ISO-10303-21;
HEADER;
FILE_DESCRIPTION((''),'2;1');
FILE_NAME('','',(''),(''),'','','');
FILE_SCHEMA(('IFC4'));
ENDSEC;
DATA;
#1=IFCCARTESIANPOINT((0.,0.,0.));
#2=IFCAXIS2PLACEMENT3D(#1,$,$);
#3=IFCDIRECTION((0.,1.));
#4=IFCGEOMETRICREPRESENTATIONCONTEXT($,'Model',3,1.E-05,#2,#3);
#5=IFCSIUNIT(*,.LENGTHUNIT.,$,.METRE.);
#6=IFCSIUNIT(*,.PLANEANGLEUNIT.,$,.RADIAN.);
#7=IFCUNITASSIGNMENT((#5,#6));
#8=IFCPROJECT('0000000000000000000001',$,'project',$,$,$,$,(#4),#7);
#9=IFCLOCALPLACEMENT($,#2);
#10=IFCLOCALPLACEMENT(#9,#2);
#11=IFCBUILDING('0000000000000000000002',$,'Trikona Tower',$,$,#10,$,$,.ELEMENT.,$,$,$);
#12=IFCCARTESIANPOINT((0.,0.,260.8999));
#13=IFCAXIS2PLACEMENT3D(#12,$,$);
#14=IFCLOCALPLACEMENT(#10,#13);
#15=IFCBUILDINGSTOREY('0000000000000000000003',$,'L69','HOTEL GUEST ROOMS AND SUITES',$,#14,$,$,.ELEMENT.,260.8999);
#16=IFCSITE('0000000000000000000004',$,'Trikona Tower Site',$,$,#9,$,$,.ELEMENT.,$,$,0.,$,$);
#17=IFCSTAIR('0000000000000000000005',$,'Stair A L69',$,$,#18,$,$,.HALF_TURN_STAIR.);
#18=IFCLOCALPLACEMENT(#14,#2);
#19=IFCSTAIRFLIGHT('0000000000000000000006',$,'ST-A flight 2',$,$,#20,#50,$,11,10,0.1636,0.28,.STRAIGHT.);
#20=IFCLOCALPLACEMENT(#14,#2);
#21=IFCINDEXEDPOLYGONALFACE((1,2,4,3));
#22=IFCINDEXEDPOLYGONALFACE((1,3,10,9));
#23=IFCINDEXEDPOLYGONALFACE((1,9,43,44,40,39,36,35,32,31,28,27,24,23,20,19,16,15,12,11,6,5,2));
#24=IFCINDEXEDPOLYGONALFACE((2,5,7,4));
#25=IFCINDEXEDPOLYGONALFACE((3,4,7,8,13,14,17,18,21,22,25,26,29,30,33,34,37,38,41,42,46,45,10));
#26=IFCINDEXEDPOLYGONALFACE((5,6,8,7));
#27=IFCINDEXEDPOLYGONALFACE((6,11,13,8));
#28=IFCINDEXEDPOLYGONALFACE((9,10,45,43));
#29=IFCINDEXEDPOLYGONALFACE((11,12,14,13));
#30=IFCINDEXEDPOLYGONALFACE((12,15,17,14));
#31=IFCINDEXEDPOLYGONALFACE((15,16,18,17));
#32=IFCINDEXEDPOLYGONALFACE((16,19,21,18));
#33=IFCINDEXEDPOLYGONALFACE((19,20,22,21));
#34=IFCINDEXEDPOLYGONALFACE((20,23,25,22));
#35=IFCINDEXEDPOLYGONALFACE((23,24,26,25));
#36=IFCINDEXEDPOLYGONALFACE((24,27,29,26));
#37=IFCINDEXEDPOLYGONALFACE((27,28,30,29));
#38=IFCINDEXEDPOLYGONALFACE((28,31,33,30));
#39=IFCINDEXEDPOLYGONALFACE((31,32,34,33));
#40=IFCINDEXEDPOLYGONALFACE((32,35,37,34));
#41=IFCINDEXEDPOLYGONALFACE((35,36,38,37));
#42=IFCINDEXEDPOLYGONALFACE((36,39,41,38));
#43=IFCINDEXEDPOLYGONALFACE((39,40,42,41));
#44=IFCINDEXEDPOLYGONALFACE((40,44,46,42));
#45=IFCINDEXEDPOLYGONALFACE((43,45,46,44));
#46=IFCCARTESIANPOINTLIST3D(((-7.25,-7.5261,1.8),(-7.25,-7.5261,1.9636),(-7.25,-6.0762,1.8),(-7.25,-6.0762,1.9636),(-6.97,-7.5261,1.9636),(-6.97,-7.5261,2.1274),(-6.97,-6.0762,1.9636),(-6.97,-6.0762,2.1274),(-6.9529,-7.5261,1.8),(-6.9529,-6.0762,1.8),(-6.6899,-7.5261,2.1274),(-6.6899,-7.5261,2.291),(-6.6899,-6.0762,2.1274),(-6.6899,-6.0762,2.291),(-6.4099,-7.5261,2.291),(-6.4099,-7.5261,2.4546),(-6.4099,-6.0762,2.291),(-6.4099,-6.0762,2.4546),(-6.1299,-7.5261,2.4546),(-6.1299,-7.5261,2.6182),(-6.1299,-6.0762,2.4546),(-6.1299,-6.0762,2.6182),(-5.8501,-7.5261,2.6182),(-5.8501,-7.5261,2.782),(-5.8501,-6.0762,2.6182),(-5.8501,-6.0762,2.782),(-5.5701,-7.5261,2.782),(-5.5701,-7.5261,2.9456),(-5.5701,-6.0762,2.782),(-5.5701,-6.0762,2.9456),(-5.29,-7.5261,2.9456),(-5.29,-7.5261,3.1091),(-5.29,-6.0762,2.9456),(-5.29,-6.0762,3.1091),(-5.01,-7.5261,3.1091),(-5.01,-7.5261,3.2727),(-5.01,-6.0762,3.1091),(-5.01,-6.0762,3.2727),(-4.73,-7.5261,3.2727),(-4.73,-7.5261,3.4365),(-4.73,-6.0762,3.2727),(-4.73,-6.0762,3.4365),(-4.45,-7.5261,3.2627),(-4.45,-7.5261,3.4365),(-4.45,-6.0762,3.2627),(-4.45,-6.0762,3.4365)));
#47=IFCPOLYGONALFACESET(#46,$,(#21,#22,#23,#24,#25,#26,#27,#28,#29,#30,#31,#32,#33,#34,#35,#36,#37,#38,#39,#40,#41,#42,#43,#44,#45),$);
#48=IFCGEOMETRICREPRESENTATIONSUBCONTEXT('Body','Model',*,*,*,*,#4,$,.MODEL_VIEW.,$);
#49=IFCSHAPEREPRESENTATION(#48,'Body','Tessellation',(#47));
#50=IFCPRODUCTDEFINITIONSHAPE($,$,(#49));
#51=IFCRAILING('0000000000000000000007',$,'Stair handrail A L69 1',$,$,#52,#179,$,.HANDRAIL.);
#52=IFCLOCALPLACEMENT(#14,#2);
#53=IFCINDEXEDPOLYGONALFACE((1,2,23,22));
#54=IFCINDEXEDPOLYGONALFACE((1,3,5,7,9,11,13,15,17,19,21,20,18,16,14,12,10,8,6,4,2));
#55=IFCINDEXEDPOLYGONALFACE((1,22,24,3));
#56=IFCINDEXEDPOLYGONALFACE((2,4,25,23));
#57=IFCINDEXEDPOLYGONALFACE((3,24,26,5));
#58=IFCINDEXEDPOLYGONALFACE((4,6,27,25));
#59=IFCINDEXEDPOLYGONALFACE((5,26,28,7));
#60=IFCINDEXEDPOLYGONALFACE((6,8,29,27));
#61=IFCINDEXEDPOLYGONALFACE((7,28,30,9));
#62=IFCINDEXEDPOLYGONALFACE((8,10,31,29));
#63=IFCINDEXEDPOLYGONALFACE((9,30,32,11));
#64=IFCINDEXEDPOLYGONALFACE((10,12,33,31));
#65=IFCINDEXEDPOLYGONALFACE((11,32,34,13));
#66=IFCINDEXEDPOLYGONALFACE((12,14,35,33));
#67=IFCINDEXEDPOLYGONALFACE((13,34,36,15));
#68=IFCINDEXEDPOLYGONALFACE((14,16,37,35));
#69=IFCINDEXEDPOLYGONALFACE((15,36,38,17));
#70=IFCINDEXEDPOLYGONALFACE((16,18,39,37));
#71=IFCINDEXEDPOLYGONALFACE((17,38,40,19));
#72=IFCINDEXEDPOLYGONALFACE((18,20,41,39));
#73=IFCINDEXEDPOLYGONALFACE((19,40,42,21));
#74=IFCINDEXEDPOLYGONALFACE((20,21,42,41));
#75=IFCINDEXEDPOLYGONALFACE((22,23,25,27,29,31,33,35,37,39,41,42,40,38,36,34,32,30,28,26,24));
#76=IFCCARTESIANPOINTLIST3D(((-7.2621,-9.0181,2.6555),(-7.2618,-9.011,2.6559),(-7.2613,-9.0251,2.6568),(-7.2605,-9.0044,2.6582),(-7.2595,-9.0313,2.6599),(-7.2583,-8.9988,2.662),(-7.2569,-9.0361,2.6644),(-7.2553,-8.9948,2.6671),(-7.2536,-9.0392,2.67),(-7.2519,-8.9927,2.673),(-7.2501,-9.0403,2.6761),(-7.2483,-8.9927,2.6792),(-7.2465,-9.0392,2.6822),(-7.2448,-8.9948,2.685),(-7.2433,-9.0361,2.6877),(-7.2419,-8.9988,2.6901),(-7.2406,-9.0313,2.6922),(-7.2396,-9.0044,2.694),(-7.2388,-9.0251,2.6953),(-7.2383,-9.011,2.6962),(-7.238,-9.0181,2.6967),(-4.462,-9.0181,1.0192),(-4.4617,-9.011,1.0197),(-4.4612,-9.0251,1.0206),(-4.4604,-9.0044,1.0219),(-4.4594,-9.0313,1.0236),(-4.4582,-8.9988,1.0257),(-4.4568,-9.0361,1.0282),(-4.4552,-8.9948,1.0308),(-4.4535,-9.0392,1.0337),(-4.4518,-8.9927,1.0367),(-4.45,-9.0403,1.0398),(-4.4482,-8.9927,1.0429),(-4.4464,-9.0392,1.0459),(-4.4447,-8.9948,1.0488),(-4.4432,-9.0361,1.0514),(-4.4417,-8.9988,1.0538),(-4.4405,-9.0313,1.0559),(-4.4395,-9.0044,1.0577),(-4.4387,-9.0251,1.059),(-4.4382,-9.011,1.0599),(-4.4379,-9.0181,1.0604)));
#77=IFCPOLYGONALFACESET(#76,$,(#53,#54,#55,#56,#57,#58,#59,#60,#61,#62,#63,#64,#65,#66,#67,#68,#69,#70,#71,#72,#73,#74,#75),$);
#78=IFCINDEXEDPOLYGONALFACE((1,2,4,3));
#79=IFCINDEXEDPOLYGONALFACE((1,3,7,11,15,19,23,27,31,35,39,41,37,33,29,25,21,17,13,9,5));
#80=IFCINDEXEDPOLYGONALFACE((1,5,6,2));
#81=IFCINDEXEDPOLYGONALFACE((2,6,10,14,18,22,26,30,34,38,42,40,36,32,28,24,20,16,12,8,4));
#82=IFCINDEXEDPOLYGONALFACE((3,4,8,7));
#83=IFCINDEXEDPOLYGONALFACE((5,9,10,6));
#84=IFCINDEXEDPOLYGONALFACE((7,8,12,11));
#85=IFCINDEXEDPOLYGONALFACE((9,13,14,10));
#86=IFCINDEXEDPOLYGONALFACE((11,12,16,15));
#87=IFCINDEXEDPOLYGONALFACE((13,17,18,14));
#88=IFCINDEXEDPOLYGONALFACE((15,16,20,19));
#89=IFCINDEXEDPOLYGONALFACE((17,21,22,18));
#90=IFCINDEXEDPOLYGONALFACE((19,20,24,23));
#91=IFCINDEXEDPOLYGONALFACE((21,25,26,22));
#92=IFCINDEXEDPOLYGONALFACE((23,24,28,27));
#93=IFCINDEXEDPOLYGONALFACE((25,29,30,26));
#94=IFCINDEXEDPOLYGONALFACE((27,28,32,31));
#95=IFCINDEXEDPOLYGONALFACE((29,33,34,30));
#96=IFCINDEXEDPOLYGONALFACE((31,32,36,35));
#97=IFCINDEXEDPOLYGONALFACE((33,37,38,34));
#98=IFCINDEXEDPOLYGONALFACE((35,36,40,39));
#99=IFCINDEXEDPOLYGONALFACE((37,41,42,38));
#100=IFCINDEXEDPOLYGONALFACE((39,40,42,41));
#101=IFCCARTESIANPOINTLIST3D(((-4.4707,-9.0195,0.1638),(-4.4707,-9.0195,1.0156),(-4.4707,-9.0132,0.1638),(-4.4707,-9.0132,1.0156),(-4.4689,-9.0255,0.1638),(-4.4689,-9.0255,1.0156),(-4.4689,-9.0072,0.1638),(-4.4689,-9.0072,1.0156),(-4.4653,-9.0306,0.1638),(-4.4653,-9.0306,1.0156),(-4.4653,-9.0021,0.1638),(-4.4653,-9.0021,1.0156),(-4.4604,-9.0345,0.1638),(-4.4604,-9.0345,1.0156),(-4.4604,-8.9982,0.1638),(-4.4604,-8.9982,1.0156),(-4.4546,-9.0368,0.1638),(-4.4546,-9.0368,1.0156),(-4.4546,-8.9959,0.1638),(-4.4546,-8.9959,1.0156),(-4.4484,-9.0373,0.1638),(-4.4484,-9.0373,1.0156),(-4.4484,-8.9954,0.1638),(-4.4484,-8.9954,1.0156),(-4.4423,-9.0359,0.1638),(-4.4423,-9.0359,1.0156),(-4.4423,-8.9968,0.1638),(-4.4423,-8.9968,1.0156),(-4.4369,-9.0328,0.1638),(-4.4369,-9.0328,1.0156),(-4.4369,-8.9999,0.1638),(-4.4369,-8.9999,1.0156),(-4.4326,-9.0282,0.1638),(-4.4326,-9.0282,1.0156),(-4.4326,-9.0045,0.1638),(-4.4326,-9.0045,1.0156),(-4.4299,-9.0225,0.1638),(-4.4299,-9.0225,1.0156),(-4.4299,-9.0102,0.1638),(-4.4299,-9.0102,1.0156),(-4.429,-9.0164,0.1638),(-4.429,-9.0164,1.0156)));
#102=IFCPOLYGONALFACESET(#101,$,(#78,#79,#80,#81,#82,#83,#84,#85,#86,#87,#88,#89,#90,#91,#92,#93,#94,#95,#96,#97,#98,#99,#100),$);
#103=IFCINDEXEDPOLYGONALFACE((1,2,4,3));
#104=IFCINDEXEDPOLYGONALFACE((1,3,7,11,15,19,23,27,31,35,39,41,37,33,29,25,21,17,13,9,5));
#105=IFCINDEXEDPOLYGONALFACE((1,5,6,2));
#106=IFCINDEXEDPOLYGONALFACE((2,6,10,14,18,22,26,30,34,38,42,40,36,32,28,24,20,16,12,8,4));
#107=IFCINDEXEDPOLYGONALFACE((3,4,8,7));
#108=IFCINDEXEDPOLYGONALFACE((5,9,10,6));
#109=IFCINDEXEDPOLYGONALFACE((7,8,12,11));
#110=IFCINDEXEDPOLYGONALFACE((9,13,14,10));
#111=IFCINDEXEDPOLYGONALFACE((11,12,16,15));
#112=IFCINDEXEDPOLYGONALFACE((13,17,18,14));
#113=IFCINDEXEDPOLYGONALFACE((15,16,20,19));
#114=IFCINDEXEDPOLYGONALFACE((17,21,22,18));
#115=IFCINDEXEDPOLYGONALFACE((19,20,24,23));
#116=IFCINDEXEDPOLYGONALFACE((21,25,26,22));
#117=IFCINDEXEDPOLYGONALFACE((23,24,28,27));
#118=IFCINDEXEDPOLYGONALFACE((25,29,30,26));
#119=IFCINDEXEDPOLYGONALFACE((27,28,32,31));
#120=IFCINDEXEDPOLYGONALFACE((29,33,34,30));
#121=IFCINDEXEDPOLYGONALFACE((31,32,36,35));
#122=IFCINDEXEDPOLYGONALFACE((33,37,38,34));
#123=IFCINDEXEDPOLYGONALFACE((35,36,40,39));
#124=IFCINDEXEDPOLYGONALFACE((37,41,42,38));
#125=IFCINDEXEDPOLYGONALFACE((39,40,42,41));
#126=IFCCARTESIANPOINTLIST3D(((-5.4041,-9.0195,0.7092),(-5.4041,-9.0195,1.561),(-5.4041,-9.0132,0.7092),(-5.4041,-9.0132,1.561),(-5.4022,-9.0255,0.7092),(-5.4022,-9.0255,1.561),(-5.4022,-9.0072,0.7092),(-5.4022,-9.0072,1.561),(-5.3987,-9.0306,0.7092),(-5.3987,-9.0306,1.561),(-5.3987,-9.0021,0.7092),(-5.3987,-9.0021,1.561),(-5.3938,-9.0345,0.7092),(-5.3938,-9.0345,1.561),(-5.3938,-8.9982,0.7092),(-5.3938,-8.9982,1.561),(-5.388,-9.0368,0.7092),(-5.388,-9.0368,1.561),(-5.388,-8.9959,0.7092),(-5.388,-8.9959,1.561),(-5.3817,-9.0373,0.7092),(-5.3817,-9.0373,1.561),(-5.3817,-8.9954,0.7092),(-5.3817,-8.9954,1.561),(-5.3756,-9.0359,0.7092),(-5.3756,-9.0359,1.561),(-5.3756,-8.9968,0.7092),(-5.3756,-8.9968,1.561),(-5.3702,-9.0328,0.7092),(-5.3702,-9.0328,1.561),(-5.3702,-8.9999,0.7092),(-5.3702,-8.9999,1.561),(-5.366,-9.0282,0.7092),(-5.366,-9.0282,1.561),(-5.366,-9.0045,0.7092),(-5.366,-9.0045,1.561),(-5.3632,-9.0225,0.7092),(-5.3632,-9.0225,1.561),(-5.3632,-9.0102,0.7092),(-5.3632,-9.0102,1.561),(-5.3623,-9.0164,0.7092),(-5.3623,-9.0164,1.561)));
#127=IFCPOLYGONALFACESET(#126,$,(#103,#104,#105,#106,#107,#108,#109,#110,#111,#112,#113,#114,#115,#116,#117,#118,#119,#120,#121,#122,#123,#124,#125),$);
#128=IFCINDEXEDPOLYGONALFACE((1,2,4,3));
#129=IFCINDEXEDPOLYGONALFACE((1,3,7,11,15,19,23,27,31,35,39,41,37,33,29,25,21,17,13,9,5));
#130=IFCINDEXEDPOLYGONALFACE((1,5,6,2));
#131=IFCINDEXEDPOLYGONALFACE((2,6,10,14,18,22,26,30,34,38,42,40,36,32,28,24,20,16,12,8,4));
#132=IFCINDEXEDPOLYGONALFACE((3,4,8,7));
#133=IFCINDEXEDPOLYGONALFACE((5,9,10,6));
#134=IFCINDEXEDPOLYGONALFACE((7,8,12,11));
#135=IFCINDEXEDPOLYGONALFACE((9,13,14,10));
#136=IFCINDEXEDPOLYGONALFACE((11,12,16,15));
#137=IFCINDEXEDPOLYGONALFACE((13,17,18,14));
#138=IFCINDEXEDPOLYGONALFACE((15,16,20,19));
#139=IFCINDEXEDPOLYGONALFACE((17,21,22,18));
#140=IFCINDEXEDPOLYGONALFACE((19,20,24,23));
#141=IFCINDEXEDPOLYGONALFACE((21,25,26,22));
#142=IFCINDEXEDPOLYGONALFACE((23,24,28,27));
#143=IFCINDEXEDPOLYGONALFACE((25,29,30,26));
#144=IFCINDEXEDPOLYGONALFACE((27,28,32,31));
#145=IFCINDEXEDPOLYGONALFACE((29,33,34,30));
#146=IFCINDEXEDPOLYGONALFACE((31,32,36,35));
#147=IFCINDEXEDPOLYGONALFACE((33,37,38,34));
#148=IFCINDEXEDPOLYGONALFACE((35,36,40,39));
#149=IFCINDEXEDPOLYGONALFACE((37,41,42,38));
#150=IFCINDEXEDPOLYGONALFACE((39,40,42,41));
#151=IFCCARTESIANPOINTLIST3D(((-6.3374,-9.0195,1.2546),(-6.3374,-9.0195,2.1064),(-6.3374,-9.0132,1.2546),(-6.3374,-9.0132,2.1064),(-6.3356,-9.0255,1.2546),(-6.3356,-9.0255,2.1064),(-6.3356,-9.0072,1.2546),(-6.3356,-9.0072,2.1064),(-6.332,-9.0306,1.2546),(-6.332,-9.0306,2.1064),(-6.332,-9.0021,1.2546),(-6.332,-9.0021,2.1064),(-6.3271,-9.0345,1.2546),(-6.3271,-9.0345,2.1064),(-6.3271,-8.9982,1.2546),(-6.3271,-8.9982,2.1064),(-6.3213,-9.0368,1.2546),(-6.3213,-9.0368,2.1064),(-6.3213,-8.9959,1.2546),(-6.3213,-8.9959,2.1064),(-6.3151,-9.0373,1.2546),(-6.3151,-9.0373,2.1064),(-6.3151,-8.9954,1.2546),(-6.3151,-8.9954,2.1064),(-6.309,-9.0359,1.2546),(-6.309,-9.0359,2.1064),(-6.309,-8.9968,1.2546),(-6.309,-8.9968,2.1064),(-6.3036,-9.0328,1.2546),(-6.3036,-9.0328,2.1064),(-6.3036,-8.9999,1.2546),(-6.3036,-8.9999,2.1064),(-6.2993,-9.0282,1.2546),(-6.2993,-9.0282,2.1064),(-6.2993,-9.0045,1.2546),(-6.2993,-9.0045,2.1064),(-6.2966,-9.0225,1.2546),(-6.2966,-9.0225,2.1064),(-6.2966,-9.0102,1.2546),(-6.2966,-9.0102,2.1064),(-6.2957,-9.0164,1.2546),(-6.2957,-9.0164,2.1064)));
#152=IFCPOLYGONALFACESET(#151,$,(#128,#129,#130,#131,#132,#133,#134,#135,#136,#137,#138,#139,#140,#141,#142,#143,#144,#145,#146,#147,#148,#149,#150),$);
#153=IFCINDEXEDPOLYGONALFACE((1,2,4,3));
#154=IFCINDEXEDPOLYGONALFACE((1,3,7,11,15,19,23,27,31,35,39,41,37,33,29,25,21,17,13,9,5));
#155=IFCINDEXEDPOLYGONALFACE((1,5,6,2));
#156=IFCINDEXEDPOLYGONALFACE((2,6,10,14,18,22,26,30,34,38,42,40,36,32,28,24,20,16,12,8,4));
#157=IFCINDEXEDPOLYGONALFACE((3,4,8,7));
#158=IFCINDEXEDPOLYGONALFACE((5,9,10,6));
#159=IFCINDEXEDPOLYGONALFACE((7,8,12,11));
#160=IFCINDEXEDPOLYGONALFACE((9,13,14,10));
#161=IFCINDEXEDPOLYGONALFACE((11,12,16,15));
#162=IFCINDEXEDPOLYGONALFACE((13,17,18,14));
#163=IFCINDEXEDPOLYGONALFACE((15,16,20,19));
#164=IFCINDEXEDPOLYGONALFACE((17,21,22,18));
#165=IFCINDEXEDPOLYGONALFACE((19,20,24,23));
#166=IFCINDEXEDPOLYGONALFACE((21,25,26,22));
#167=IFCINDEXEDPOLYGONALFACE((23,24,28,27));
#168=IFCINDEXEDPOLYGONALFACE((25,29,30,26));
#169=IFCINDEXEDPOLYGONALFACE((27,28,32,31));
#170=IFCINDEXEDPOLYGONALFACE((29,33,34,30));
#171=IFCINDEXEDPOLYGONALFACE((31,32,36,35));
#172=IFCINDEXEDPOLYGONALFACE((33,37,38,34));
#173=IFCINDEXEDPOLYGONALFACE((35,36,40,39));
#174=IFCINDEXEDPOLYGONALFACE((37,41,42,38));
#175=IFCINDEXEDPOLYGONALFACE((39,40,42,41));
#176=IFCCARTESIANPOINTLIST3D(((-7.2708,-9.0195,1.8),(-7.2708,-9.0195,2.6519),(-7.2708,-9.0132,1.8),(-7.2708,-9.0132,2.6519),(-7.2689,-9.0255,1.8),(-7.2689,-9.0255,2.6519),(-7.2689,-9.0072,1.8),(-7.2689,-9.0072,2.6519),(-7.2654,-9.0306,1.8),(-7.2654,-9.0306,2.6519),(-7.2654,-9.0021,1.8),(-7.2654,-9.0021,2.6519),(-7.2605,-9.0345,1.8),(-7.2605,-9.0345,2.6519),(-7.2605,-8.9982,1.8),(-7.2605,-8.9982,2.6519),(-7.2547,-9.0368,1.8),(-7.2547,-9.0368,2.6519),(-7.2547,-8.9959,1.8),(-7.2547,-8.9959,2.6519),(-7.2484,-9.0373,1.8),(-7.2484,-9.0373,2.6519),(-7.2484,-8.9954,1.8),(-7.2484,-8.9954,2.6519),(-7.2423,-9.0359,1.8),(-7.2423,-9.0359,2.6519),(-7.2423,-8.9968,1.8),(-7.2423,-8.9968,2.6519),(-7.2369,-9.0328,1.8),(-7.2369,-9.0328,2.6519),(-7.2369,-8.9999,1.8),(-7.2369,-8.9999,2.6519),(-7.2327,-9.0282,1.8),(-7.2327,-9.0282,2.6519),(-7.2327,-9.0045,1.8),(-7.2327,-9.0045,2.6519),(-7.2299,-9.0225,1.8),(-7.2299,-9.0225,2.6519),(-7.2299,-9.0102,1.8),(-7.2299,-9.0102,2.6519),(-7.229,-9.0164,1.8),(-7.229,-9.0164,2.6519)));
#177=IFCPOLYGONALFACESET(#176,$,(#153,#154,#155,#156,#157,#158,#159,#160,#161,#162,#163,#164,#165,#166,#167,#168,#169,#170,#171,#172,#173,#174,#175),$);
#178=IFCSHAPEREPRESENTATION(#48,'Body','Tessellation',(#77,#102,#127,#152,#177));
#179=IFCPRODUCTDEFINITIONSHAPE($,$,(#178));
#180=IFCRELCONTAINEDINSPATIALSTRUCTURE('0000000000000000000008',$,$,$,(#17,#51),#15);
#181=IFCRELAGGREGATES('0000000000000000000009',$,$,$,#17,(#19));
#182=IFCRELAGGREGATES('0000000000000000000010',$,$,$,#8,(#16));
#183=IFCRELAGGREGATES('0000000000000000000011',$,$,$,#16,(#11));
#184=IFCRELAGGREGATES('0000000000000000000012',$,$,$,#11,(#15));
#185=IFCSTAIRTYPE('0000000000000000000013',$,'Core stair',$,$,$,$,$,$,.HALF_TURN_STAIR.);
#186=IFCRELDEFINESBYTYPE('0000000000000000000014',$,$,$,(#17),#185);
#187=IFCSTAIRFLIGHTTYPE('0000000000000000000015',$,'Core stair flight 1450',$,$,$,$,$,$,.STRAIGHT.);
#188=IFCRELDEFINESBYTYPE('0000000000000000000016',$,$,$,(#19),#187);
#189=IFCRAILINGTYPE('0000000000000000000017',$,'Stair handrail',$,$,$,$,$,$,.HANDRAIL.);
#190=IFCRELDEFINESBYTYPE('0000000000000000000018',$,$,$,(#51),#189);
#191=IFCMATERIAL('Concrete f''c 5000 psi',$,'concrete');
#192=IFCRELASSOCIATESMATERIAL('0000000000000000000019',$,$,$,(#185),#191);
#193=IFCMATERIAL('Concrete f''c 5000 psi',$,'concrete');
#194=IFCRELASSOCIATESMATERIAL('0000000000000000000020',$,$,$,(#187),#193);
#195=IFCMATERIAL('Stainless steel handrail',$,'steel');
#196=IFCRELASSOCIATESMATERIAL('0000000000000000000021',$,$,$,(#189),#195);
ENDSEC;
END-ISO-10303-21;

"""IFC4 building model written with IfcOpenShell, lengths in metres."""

from ifc_helpers import new_model, si_unit, direction, frame, origin, origin_2d, place, context, subcontext, project, spatial, polyline, circle, outline, extrude, material, type_object, element, aggregate, save


model = new_model("IFC4")

# Units and contexts
model_context = context("Model", 3, precision=1e-05, world=origin(), true_north=direction((0.0, 1.0)))
body_context = subcontext(model_context, "Body", "Model", "MODEL_VIEW")
ifc_project = project(units=[si_unit("LENGTHUNIT", "METRE"), si_unit("PLANEANGLEUNIT", "RADIAN")], contexts=[model_context])

# Site, building, storey
site_placement = place(None, origin())
site = spatial("IfcSite", under=ifc_project, at=site_placement, Name="Trikona Tower Site", CompositionType="ELEMENT", RefElevation=0.0)
building_placement = place(site_placement, origin())
building = spatial("IfcBuilding", under=site, at=building_placement, Name="Trikona Tower", CompositionType="ELEMENT")
storey_placement = place(building_placement, frame((0.0, 0.0, 260.8999)))
storey = spatial("IfcBuildingStorey", under=building, at=storey_placement, Name="L69", Description="HOTEL GUEST ROOMS AND SUITES", CompositionType="ELEMENT", Elevation=260.8999)

# Stair, stair flight
ifc_material_1 = material(Name="Concrete f'c 5000 psi", Category="concrete")
stair_type = type_object("IfcStairType", Name="Core stair", PredefinedType="HALF_TURN_STAIR", material=ifc_material_1)
stair_placement = place(storey_placement, origin())
stair = element("IfcStair", 1, at=stair_placement, inside=storey, type_object=stair_type, Name="Stair A L69", PredefinedType="HALF_TURN_STAIR")
ifc_material_2 = material(Name="Concrete f'c 5000 psi", Category="concrete")
stair_flight_type = type_object("IfcStairFlightType", Name="Core stair flight 1450", PredefinedType="STRAIGHT", material=ifc_material_2)
stair_flight_1_placement = place(storey_placement, frame((-7.25, -6.8013, 1.8), z_axis=(0.0, 0.0, 1.0), x_axis=(1.0, 0.0, 0.0)))
stair_flight_1 = element("IfcStairFlight", 2, at=stair_flight_1_placement, type_object=stair_flight_type, Name="ST-A flight 2", NumberOfRisers=11, NumberOfTreads=10, PredefinedType="STRAIGHT", RiserHeight=0.1636, TreadLength=0.28, context=body_context, shape_type="SweptSolid", body=[
    extrude(outline(polyline([(0.0, 0.0), (0.0, 0.1636), (0.28, 0.1636), (0.28, 0.3274), (0.5601, 0.3274), (0.5601, 0.491), (0.8401, 0.491), (0.8401, 0.6545), (1.1201, 0.6545), (1.1201, 0.8181), (1.3999, 0.8181), (1.3999, 0.9819), (1.6799, 0.9819), (1.6799, 1.1455), (1.96, 1.1455), (1.96, 1.3091), (2.24, 1.3091), (2.24, 1.4727), (2.52, 1.4727), (2.52, 1.6365), (2.8, 1.6365), (2.8, 1.8), (2.8, 1.4626), (0.2971, 0.0), (0.0, 0.0)])), frame((0.0, 0.7251, 0.0), z_axis=(0.0, -1.0, 0.0), x_axis=(1.0, 0.0, 0.0)), (0.0, 0.0, 1.0), 1.45),
])
aggregate(stair, [stair_flight_1])

# Railing
ifc_material_3 = material(Name="Stainless steel handrail", Category="steel")
railing_type = type_object("IfcRailingType", Name="Stair handrail", PredefinedType="HANDRAIL", material=ifc_material_3)
railing_1_placement = place(storey_placement, frame((-4.45, -9.0164, 0.1638)))
element("IfcRailing", 3, at=railing_1_placement, inside=storey, type_object=railing_type, Name="Stair handrail A L69 1", PredefinedType="HANDRAIL", context=body_context, shape_type="SweptSolid", body=[
    extrude(circle(Radius=0.0239, at=origin_2d()), frame((0.0, 0.0, 0.876), z_axis=(-0.863394, 0.0, 0.504531), x_axis=(0.0, -1.0, 0.0)), (0.0, 0.0, 1.0), 3.2432),
    extrude(circle(Radius=0.021, at=origin_2d()), origin(), (0.0, 0.0, 1.0), 0.8518),
    extrude(circle(Radius=0.021, at=origin_2d()), frame((-0.9333, 0.0, 0.5454)), (0.0, 0.0, 1.0), 0.8518),
    extrude(circle(Radius=0.021, at=origin_2d()), frame((-1.8667, 0.0, 1.0908)), (0.0, 0.0, 1.0), 0.8518),
    extrude(circle(Radius=0.021, at=origin_2d()), frame((-2.8, 0.0, 1.6362)), (0.0, 0.0, 1.0), 0.8518),
])

save(model, "model.ifc")
